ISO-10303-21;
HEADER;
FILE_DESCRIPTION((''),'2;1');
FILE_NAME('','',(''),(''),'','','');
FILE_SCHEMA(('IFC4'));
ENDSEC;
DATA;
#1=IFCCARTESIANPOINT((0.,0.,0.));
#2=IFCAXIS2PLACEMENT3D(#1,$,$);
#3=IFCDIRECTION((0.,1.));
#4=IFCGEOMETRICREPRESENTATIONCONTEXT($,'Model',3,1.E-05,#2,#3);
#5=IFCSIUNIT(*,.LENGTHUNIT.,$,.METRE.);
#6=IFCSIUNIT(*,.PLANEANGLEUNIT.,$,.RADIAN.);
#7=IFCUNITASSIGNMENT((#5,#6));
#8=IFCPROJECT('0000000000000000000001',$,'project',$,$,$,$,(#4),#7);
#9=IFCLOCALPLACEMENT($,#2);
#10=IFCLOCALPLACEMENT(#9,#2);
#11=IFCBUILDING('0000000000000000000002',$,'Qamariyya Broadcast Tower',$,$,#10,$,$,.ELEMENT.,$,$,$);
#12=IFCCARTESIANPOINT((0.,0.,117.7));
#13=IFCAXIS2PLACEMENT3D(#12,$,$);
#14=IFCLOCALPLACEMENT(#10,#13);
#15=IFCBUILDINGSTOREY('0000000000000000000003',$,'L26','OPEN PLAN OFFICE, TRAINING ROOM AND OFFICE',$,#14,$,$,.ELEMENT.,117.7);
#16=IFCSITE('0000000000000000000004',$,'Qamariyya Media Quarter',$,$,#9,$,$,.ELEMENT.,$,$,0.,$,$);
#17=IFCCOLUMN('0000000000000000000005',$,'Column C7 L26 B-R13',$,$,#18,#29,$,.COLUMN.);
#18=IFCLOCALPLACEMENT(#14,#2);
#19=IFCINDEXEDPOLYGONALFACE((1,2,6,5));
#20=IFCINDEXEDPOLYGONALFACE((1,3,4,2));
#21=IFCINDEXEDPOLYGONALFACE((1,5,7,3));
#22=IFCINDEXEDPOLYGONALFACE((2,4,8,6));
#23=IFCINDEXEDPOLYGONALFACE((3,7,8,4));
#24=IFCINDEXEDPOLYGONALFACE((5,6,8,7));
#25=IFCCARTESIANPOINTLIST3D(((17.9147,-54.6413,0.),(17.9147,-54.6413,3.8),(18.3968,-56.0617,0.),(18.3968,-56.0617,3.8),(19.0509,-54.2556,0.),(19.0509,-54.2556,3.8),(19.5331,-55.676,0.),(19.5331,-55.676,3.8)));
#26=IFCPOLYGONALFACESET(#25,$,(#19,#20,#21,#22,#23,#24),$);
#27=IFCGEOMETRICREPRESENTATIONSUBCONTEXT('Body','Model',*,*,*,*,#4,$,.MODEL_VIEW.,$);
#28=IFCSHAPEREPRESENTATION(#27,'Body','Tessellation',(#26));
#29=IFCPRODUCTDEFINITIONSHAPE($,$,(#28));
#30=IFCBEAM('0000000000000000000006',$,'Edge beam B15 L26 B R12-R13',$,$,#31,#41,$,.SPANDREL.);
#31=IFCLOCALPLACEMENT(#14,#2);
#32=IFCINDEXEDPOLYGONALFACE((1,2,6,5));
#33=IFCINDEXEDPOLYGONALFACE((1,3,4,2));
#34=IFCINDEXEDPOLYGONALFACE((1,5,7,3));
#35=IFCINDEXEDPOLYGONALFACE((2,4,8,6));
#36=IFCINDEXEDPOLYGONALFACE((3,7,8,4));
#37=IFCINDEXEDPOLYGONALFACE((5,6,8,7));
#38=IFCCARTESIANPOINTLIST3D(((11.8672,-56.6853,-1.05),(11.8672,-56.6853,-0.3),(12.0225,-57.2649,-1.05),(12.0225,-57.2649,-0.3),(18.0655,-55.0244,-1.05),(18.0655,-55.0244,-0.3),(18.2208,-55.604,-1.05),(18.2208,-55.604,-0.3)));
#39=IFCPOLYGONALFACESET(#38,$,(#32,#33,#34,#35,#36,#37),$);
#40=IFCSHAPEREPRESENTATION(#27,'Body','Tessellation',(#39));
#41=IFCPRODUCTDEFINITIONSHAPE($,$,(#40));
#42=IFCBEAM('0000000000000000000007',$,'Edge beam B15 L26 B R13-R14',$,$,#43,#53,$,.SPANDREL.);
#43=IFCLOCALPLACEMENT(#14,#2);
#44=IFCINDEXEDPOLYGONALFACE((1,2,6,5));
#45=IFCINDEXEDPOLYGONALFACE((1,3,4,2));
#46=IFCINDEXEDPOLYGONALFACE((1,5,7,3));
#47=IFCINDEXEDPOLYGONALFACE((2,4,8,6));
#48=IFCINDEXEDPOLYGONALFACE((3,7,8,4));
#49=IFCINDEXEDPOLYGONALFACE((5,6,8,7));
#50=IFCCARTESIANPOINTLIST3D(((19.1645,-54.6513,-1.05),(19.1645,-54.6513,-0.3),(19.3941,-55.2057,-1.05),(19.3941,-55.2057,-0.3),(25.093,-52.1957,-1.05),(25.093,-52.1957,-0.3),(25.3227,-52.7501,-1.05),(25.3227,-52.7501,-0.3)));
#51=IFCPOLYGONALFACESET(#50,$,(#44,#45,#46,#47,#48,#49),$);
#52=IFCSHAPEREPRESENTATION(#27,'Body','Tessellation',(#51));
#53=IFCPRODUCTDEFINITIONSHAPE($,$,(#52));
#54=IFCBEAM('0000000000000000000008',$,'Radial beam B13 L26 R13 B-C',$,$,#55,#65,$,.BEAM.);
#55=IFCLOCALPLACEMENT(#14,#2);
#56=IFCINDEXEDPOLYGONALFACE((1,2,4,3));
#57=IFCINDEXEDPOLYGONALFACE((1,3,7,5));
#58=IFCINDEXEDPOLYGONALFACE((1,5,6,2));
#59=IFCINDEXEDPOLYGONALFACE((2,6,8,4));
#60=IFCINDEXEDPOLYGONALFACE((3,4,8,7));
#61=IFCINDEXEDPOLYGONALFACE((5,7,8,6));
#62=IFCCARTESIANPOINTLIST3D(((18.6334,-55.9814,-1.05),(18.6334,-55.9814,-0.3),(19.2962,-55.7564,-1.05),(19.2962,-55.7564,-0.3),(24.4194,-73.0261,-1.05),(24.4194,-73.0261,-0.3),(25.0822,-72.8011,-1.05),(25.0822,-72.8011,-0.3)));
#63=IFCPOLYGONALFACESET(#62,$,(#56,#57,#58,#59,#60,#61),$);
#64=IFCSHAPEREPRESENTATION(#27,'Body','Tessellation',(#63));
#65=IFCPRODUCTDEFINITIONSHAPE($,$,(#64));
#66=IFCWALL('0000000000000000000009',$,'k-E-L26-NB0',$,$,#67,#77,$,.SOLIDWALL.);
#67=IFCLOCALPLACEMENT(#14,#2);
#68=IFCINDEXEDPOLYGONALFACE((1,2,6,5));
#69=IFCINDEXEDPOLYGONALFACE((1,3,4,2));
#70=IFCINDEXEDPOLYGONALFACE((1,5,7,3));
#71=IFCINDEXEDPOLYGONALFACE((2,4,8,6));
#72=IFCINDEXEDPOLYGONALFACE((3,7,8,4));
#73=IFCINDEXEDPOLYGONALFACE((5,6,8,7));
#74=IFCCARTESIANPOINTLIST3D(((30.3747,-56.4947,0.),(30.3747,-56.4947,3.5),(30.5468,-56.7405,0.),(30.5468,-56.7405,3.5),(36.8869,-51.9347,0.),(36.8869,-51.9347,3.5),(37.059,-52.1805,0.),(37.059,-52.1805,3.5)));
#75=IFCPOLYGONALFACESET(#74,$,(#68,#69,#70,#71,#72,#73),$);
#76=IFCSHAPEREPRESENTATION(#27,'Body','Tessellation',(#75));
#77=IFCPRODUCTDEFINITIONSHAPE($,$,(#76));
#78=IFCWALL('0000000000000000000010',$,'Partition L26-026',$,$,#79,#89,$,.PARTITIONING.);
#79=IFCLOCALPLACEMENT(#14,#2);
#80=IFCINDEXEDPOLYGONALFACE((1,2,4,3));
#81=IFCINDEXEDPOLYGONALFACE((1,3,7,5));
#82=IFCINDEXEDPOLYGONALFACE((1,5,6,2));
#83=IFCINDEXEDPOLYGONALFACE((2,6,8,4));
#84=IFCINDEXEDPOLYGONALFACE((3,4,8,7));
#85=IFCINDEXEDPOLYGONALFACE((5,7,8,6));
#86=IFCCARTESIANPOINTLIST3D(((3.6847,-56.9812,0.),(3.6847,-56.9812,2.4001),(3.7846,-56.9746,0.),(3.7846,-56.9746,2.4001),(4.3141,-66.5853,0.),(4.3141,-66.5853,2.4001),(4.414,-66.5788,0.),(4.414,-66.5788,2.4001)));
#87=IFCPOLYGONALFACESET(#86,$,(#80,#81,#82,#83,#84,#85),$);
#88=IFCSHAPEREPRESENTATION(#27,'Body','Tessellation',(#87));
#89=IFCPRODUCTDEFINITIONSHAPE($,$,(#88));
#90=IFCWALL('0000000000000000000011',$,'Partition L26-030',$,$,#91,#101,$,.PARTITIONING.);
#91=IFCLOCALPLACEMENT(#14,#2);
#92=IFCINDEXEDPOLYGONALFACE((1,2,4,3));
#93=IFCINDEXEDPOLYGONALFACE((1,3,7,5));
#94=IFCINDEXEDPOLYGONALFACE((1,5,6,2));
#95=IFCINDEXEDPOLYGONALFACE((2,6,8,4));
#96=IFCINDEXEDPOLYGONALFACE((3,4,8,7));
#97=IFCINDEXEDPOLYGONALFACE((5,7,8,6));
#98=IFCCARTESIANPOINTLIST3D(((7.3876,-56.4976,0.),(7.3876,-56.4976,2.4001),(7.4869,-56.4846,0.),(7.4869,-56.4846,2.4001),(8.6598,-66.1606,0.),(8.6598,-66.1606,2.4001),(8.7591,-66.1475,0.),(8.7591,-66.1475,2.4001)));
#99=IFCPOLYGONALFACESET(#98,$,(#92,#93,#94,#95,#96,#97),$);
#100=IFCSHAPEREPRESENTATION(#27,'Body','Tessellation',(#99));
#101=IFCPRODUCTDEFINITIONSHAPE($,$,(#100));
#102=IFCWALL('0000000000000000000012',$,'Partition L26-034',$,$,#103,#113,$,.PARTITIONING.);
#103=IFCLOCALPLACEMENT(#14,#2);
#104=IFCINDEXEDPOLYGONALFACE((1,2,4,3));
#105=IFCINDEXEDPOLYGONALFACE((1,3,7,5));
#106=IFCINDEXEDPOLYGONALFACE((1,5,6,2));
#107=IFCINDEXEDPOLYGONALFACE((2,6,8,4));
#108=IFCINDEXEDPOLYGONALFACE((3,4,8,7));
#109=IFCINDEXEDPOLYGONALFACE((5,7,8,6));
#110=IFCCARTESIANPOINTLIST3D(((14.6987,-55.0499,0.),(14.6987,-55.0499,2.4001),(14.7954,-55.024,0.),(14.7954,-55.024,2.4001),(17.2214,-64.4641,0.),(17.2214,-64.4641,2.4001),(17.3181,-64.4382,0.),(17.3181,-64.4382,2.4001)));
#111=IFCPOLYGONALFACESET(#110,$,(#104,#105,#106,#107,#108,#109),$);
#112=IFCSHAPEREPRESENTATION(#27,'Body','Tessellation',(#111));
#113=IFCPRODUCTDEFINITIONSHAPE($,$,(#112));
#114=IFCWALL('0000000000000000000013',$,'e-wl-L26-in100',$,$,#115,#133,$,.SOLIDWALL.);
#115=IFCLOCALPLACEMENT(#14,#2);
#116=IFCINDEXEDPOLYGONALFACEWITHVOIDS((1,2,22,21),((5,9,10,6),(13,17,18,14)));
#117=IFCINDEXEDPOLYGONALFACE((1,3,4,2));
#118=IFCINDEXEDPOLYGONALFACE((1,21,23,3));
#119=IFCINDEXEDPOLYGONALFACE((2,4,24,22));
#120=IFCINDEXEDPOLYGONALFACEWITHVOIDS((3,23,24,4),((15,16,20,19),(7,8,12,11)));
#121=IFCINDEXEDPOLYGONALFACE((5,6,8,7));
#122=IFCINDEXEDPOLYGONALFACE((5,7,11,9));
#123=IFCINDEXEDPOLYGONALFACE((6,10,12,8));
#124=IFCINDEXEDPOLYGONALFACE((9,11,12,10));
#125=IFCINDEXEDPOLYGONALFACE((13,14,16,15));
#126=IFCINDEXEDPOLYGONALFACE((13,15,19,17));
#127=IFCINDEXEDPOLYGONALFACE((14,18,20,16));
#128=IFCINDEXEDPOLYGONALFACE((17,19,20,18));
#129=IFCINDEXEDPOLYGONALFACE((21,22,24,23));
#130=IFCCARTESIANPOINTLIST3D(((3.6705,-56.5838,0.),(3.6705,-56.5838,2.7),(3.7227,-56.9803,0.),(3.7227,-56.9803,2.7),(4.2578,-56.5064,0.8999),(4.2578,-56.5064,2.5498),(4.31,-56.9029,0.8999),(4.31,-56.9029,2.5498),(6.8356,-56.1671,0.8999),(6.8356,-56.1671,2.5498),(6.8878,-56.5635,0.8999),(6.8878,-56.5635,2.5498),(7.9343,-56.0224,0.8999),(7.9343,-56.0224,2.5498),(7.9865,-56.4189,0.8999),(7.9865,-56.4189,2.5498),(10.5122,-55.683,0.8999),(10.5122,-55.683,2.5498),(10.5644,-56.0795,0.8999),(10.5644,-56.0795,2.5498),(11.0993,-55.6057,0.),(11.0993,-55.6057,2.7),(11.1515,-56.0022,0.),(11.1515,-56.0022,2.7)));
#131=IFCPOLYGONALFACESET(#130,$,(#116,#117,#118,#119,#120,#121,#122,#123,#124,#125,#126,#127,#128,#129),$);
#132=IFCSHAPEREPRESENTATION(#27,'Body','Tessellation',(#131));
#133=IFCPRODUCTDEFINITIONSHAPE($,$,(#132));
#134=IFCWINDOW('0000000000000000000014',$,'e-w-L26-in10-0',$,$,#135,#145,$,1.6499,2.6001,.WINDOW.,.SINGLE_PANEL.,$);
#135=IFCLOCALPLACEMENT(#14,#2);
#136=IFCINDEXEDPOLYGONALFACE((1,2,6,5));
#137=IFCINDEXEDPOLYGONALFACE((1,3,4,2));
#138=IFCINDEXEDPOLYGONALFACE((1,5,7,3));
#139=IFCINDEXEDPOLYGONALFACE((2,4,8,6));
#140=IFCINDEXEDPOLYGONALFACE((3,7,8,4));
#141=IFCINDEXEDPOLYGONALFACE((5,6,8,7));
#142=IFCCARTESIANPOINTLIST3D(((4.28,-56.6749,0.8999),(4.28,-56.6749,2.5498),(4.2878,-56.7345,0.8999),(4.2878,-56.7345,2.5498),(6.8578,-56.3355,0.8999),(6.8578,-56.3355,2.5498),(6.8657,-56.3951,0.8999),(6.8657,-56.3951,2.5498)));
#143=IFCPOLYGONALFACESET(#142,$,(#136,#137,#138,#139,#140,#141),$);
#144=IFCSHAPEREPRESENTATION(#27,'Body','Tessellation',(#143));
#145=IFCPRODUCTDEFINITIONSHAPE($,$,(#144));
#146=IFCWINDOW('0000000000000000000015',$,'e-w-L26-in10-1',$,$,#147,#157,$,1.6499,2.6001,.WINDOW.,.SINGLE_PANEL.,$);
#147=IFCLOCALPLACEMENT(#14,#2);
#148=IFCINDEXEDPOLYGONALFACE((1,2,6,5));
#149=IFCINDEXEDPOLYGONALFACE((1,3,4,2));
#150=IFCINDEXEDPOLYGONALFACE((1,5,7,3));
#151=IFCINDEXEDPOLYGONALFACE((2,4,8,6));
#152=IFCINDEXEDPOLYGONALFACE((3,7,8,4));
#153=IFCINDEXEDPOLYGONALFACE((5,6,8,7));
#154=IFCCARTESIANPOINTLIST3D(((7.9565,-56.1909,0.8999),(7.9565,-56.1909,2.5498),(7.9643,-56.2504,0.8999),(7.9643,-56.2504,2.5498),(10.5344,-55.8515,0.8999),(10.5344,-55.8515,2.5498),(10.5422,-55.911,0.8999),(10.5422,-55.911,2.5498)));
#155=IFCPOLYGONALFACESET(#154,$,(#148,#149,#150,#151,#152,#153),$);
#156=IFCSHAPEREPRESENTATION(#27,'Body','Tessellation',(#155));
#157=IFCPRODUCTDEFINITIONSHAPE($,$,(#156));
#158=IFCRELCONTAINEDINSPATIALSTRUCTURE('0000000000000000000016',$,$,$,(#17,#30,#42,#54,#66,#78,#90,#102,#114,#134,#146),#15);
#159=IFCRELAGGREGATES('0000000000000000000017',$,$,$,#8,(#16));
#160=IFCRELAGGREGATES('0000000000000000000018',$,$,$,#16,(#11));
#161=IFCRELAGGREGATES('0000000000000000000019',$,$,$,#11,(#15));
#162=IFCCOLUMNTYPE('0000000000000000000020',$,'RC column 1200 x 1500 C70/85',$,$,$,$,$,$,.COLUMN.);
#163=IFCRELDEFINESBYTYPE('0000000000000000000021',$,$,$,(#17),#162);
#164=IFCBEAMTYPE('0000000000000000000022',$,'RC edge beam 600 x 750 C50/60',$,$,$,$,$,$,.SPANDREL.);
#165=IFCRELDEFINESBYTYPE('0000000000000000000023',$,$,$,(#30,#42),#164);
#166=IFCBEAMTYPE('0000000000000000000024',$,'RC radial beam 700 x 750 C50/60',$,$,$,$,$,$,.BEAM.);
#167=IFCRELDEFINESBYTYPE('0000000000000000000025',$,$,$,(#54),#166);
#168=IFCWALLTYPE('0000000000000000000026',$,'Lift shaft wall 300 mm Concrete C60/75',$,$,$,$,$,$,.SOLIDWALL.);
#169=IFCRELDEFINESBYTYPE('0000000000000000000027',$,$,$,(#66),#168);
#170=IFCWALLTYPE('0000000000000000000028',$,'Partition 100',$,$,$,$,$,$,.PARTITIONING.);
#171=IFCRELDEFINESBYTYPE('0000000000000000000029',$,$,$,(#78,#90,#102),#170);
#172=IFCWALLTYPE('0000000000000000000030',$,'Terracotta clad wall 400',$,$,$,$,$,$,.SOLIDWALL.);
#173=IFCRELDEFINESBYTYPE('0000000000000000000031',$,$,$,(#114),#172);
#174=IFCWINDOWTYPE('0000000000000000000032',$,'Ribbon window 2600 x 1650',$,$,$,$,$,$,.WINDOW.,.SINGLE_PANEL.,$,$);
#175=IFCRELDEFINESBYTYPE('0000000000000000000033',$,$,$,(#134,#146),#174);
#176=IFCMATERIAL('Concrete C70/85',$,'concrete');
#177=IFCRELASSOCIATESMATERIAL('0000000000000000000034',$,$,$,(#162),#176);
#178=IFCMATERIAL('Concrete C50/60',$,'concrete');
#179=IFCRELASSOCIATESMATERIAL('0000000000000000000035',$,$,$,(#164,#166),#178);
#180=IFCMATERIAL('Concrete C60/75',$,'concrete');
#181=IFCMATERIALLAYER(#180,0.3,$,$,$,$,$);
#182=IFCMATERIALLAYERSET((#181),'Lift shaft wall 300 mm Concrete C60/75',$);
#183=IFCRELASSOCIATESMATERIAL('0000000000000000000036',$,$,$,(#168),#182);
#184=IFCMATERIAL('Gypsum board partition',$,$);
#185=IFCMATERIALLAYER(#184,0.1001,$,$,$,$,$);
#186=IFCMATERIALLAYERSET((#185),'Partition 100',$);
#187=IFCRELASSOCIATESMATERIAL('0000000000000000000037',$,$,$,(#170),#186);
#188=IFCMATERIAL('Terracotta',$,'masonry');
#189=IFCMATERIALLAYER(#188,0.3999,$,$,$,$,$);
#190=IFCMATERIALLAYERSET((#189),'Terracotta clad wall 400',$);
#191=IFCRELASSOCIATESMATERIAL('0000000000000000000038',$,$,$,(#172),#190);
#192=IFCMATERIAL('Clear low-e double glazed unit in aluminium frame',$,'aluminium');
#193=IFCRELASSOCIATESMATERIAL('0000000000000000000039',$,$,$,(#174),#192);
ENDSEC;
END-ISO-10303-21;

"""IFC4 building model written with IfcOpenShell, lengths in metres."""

from ifc_helpers import new_model, si_unit, direction, frame, frame_2d, origin, origin_2d, place, context, subcontext, project, spatial, rectangle, extrude, material, layer, layer_set, material_profile, profile_set, type_object, element, fill, save


model = new_model("IFC4")

# Units and contexts
model_context = context("Model", 3, precision=1e-05, world=origin(), true_north=direction((0.0, 1.0)))
body_context = subcontext(model_context, "Body", "Model", "MODEL_VIEW")
ifc_project = project(units=[si_unit("LENGTHUNIT", "METRE"), si_unit("PLANEANGLEUNIT", "RADIAN")], contexts=[model_context])

# Site, building, storey
site_placement = place(None, origin())
site = spatial("IfcSite", under=ifc_project, at=site_placement, Name="Qamariyya Media Quarter", CompositionType="ELEMENT", RefElevation=0.0)
building_placement = place(site_placement, origin())
building = spatial("IfcBuilding", under=site, at=building_placement, Name="Qamariyya Broadcast Tower", CompositionType="ELEMENT")
storey_placement = place(building_placement, frame((0.0, 0.0, 117.7)))
storey = spatial("IfcBuildingStorey", under=building, at=storey_placement, Name="L26", Description="OPEN PLAN OFFICE, TRAINING ROOM AND OFFICE", CompositionType="ELEMENT", Elevation=117.7)

# Column
ifc_material_1 = material(Name="Concrete C70/85", Category="concrete")
ifc_material_profile_1 = material_profile(ifc_material_1, rectangle(XDim=1.2, YDim=1.5, at=origin_2d()))
ifc_profile_set_1 = profile_set([ifc_material_profile_1], Name="Concrete C70/85")
column_type = type_object("IfcColumnType", Name="RC column 1200 x 1500 C70/85", PredefinedType="COLUMN", material=ifc_profile_set_1)
column_placement = place(storey_placement, frame((18.7239, -55.1587, 0.0), z_axis=(0.0, 0.0, 1.0), x_axis=(0.94693, 0.321439, 0.0)))
element("IfcColumn", 1, at=column_placement, inside=storey, type_object=column_type, Name="Column C7 L26 B-R13", PredefinedType="COLUMN", context=body_context, shape_type="SweptSolid", body=[
    extrude(rectangle(XDim=1.2, YDim=1.5, at=origin_2d()), origin(), (0.0, 0.0, 1.0), 3.8),
])

# Beams
ifc_material_2 = material(Name="Concrete C50/60", Category="concrete")
ifc_material_profile_2 = material_profile(ifc_material_2, rectangle(XDim=0.6001, YDim=0.75, at=origin_2d()))
ifc_profile_set_2 = profile_set([ifc_material_profile_2], Name="Concrete C50/60")
beam_type_1 = type_object("IfcBeamType", Name="RC edge beam 600 x 750 C50/60", PredefinedType="SPANDREL", material=ifc_profile_set_2)
for number, where, z_axis, x_axis, name in (
    (2, (11.9448, -56.9751, -0.675), (0.965923, 0.25883, 0.0), (-0.25883, 0.965923, 0.0), "Edge beam B15 L26 B R12-R13"),
    (3, (19.2793, -54.9285, -0.675), (0.923884, 0.382672, 0.0), (-0.382672, 0.923884, 0.0), "Edge beam B15 L26 B R13-R14"),
):
    element("IfcBeam", number, at=place(storey_placement, frame(where, z_axis=z_axis, x_axis=x_axis)), inside=storey, type_object=beam_type_1, Name=name, PredefinedType="SPANDREL", context=body_context, shape_type="SweptSolid", body=[
        extrude(rectangle(XDim=0.6001, YDim=0.75, at=origin_2d()), origin(), (0.0, 0.0, 1.0), 6.417),
    ])
ifc_material_profile_3 = material_profile(ifc_material_2, rectangle(XDim=0.7, YDim=0.75, at=origin_2d()))
ifc_profile_set_3 = profile_set([ifc_material_profile_3], Name="Concrete C50/60")
beam_type_2 = type_object("IfcBeamType", Name="RC radial beam 700 x 750 C50/60", PredefinedType="BEAM", material=ifc_profile_set_3)
beam_placement = place(storey_placement, frame((18.9648, -55.8689, -0.675), z_axis=(0.321439, -0.94693, 0.0), x_axis=(0.94693, 0.321439, 0.0)))
element("IfcBeam", 4, at=beam_placement, inside=storey, type_object=beam_type_2, Name="Radial beam B13 L26 R13 B-C", PredefinedType="BEAM", context=body_context, shape_type="SweptSolid", body=[
    extrude(rectangle(XDim=0.7, YDim=0.75, at=origin_2d()), origin(), (0.0, 0.0, 1.0), 18.0),
])

# Walls
ifc_material_3 = material(Name="Concrete C60/75", Category="concrete")
ifc_layer_1 = layer(ifc_material_3, 0.3)
ifc_layer_set_1 = layer_set([ifc_layer_1], Name="Lift shaft wall 300 mm Concrete C60/75")
wall_type_1 = type_object("IfcWallType", Name="Lift shaft wall 300 mm Concrete C60/75", PredefinedType="SOLIDWALL", material=ifc_layer_set_1)
wall_1_placement = place(storey_placement, frame((30.4607, -56.6177, 0.0), z_axis=(0.0, 0.0, 1.0), x_axis=(0.819142, 0.57359, 0.0)))
element("IfcWall", 5, at=wall_1_placement, inside=storey, type_object=wall_type_1, Name="k-E-L26-NB0", PredefinedType="SOLIDWALL", context=body_context, shape_type="SweptSolid", body=[
    extrude(rectangle(XDim=7.95, YDim=0.3, at=frame_2d((3.9751, 0.0))), origin(), (0.0, 0.0, 1.0), 3.5),
])
ifc_material_4 = material(Name="Gypsum board partition")
ifc_layer_2 = layer(ifc_material_4, 0.1001)
ifc_layer_set_2 = layer_set([ifc_layer_2], Name="Partition 100")
wall_type_2 = type_object("IfcWallType", Name="Partition 100", PredefinedType="PARTITIONING", material=ifc_layer_set_2)
wall_2_placement = place(storey_placement, frame((3.7346, -56.9778, 0.0), z_axis=(0.0, 0.0, 1.0), x_axis=(0.065393, -0.99786, 0.0)))
element("IfcWall", 6, at=wall_2_placement, inside=storey, type_object=wall_type_2, Name="Partition L26-026", PredefinedType="PARTITIONING", context=body_context, shape_type="SweptSolid", body=[
    extrude(rectangle(XDim=9.6248, YDim=0.1001, at=frame_2d((4.8125, 0.0))), origin(), (0.0, 0.0, 1.0), 2.4001),
])
for number, where, z_axis, x_axis, name in (
    (7, (7.4373, -56.4912, 0.0), (0.0, 0.0, 1.0), (0.130534, -0.991444, 0.0), "Partition L26-030"),
    (8, (14.7471, -55.0371, 0.0), (0.0, 0.0, 1.0), (0.258833, -0.965922, 0.0), "Partition L26-034"),
):
    element("IfcWall", number, at=place(storey_placement, frame(where, z_axis=z_axis, x_axis=x_axis)), inside=storey, type_object=wall_type_2, Name=name, PredefinedType="PARTITIONING", context=body_context, shape_type="SweptSolid", body=[
        extrude(rectangle(XDim=9.7463, YDim=0.1001, at=frame_2d((4.873, 0.0))), origin(), (0.0, 0.0, 1.0), 2.4001),
    ])

# Wall, openings, windows
ifc_material_5 = material(Name="Terracotta", Category="masonry")
ifc_layer_3 = layer(ifc_material_5, 0.3999)
ifc_layer_set_3 = layer_set([ifc_layer_3], Name="Terracotta clad wall 400")
wall_type_3 = type_object("IfcWallType", Name="Terracotta clad wall 400", PredefinedType="SOLIDWALL", material=ifc_layer_set_3)
wall_3_placement = place(storey_placement, frame((11.1255, -55.804, 0.0), z_axis=(0.0, 0.0, 1.0), x_axis=(-0.991445, -0.130529, 0.0)))
wall_3 = element("IfcWall", 9, at=wall_3_placement, inside=storey, type_object=wall_type_3, Name="e-wl-L26-in100", PredefinedType="SOLIDWALL", context=body_context, shape_type="SweptSolid", body=[
    extrude(rectangle(XDim=7.4929, YDim=0.3999, at=frame_2d((3.7466, 0.0))), origin(), (0.0, 0.0, 1.0), 2.7),
])
opening_1_placement = place(wall_3_placement, frame((4.3005, 0.0, 0.8999)))
opening_1 = element("IfcOpeningElement", 10, at=opening_1_placement, cuts=wall_3, PredefinedType="OPENING", context=body_context, shape_type="SweptSolid", body=[
    extrude(rectangle(XDim=2.6001, YDim=1.6499, at=frame_2d((1.3, 0.825))), frame((0.0, 0.21, 0.0), z_axis=(0.0, -1.0, 0.0), x_axis=(1.0, 0.0, 0.0)), (0.0, 0.0, 1.0), 0.4199),
])
opening_2_placement = place(wall_3_placement, frame((0.5923, 0.0, 0.8999)))
opening_2 = element("IfcOpeningElement", 11, at=opening_2_placement, cuts=wall_3, PredefinedType="OPENING", context=body_context, shape_type="SweptSolid", body=[
    extrude(rectangle(XDim=2.6001, YDim=1.6499, at=frame_2d((1.3, 0.825))), frame((0.0, 0.21, 0.0), z_axis=(0.0, -1.0, 0.0), x_axis=(1.0, 0.0, 0.0)), (0.0, 0.0, 1.0), 0.4199),
])
ifc_material_6 = material(Name="Clear low-e double glazed unit in aluminium frame", Category="aluminium")
window_type = type_object("IfcWindowType", Name="Ribbon window 2600 x 1650", PartitioningType="SINGLE_PANEL", PredefinedType="WINDOW", material=ifc_material_6)
window_1_placement = place(opening_1_placement, origin())
window_1 = element("IfcWindow", 12, at=window_1_placement, inside=storey, type_object=window_type, Name="e-w-L26-in10-0", OverallHeight=1.6499, OverallWidth=2.6001, PartitioningType="SINGLE_PANEL", PredefinedType="WINDOW", context=body_context, shape_type="SweptSolid", body=[
    extrude(rectangle(XDim=2.6001, YDim=1.6499, at=frame_2d((1.3, 0.825))), frame((0.0, 0.03, 0.0), z_axis=(0.0, -1.0, 0.0), x_axis=(1.0, 0.0, 0.0)), (0.0, 0.0, 1.0), 0.0601),
])
fill(opening_1, window_1)
window_2_placement = place(opening_2_placement, origin())
window_2 = element("IfcWindow", 13, at=window_2_placement, inside=storey, type_object=window_type, Name="e-w-L26-in10-1", OverallHeight=1.6499, OverallWidth=2.6001, PartitioningType="SINGLE_PANEL", PredefinedType="WINDOW", context=body_context, shape_type="SweptSolid", body=[
    extrude(rectangle(XDim=2.6001, YDim=1.6499, at=frame_2d((1.3, 0.825))), frame((0.0, 0.03, 0.0), z_axis=(0.0, -1.0, 0.0), x_axis=(1.0, 0.0, 0.0)), (0.0, 0.0, 1.0), 0.0601),
])
fill(opening_2, window_2)

save(model, "model.ifc")
